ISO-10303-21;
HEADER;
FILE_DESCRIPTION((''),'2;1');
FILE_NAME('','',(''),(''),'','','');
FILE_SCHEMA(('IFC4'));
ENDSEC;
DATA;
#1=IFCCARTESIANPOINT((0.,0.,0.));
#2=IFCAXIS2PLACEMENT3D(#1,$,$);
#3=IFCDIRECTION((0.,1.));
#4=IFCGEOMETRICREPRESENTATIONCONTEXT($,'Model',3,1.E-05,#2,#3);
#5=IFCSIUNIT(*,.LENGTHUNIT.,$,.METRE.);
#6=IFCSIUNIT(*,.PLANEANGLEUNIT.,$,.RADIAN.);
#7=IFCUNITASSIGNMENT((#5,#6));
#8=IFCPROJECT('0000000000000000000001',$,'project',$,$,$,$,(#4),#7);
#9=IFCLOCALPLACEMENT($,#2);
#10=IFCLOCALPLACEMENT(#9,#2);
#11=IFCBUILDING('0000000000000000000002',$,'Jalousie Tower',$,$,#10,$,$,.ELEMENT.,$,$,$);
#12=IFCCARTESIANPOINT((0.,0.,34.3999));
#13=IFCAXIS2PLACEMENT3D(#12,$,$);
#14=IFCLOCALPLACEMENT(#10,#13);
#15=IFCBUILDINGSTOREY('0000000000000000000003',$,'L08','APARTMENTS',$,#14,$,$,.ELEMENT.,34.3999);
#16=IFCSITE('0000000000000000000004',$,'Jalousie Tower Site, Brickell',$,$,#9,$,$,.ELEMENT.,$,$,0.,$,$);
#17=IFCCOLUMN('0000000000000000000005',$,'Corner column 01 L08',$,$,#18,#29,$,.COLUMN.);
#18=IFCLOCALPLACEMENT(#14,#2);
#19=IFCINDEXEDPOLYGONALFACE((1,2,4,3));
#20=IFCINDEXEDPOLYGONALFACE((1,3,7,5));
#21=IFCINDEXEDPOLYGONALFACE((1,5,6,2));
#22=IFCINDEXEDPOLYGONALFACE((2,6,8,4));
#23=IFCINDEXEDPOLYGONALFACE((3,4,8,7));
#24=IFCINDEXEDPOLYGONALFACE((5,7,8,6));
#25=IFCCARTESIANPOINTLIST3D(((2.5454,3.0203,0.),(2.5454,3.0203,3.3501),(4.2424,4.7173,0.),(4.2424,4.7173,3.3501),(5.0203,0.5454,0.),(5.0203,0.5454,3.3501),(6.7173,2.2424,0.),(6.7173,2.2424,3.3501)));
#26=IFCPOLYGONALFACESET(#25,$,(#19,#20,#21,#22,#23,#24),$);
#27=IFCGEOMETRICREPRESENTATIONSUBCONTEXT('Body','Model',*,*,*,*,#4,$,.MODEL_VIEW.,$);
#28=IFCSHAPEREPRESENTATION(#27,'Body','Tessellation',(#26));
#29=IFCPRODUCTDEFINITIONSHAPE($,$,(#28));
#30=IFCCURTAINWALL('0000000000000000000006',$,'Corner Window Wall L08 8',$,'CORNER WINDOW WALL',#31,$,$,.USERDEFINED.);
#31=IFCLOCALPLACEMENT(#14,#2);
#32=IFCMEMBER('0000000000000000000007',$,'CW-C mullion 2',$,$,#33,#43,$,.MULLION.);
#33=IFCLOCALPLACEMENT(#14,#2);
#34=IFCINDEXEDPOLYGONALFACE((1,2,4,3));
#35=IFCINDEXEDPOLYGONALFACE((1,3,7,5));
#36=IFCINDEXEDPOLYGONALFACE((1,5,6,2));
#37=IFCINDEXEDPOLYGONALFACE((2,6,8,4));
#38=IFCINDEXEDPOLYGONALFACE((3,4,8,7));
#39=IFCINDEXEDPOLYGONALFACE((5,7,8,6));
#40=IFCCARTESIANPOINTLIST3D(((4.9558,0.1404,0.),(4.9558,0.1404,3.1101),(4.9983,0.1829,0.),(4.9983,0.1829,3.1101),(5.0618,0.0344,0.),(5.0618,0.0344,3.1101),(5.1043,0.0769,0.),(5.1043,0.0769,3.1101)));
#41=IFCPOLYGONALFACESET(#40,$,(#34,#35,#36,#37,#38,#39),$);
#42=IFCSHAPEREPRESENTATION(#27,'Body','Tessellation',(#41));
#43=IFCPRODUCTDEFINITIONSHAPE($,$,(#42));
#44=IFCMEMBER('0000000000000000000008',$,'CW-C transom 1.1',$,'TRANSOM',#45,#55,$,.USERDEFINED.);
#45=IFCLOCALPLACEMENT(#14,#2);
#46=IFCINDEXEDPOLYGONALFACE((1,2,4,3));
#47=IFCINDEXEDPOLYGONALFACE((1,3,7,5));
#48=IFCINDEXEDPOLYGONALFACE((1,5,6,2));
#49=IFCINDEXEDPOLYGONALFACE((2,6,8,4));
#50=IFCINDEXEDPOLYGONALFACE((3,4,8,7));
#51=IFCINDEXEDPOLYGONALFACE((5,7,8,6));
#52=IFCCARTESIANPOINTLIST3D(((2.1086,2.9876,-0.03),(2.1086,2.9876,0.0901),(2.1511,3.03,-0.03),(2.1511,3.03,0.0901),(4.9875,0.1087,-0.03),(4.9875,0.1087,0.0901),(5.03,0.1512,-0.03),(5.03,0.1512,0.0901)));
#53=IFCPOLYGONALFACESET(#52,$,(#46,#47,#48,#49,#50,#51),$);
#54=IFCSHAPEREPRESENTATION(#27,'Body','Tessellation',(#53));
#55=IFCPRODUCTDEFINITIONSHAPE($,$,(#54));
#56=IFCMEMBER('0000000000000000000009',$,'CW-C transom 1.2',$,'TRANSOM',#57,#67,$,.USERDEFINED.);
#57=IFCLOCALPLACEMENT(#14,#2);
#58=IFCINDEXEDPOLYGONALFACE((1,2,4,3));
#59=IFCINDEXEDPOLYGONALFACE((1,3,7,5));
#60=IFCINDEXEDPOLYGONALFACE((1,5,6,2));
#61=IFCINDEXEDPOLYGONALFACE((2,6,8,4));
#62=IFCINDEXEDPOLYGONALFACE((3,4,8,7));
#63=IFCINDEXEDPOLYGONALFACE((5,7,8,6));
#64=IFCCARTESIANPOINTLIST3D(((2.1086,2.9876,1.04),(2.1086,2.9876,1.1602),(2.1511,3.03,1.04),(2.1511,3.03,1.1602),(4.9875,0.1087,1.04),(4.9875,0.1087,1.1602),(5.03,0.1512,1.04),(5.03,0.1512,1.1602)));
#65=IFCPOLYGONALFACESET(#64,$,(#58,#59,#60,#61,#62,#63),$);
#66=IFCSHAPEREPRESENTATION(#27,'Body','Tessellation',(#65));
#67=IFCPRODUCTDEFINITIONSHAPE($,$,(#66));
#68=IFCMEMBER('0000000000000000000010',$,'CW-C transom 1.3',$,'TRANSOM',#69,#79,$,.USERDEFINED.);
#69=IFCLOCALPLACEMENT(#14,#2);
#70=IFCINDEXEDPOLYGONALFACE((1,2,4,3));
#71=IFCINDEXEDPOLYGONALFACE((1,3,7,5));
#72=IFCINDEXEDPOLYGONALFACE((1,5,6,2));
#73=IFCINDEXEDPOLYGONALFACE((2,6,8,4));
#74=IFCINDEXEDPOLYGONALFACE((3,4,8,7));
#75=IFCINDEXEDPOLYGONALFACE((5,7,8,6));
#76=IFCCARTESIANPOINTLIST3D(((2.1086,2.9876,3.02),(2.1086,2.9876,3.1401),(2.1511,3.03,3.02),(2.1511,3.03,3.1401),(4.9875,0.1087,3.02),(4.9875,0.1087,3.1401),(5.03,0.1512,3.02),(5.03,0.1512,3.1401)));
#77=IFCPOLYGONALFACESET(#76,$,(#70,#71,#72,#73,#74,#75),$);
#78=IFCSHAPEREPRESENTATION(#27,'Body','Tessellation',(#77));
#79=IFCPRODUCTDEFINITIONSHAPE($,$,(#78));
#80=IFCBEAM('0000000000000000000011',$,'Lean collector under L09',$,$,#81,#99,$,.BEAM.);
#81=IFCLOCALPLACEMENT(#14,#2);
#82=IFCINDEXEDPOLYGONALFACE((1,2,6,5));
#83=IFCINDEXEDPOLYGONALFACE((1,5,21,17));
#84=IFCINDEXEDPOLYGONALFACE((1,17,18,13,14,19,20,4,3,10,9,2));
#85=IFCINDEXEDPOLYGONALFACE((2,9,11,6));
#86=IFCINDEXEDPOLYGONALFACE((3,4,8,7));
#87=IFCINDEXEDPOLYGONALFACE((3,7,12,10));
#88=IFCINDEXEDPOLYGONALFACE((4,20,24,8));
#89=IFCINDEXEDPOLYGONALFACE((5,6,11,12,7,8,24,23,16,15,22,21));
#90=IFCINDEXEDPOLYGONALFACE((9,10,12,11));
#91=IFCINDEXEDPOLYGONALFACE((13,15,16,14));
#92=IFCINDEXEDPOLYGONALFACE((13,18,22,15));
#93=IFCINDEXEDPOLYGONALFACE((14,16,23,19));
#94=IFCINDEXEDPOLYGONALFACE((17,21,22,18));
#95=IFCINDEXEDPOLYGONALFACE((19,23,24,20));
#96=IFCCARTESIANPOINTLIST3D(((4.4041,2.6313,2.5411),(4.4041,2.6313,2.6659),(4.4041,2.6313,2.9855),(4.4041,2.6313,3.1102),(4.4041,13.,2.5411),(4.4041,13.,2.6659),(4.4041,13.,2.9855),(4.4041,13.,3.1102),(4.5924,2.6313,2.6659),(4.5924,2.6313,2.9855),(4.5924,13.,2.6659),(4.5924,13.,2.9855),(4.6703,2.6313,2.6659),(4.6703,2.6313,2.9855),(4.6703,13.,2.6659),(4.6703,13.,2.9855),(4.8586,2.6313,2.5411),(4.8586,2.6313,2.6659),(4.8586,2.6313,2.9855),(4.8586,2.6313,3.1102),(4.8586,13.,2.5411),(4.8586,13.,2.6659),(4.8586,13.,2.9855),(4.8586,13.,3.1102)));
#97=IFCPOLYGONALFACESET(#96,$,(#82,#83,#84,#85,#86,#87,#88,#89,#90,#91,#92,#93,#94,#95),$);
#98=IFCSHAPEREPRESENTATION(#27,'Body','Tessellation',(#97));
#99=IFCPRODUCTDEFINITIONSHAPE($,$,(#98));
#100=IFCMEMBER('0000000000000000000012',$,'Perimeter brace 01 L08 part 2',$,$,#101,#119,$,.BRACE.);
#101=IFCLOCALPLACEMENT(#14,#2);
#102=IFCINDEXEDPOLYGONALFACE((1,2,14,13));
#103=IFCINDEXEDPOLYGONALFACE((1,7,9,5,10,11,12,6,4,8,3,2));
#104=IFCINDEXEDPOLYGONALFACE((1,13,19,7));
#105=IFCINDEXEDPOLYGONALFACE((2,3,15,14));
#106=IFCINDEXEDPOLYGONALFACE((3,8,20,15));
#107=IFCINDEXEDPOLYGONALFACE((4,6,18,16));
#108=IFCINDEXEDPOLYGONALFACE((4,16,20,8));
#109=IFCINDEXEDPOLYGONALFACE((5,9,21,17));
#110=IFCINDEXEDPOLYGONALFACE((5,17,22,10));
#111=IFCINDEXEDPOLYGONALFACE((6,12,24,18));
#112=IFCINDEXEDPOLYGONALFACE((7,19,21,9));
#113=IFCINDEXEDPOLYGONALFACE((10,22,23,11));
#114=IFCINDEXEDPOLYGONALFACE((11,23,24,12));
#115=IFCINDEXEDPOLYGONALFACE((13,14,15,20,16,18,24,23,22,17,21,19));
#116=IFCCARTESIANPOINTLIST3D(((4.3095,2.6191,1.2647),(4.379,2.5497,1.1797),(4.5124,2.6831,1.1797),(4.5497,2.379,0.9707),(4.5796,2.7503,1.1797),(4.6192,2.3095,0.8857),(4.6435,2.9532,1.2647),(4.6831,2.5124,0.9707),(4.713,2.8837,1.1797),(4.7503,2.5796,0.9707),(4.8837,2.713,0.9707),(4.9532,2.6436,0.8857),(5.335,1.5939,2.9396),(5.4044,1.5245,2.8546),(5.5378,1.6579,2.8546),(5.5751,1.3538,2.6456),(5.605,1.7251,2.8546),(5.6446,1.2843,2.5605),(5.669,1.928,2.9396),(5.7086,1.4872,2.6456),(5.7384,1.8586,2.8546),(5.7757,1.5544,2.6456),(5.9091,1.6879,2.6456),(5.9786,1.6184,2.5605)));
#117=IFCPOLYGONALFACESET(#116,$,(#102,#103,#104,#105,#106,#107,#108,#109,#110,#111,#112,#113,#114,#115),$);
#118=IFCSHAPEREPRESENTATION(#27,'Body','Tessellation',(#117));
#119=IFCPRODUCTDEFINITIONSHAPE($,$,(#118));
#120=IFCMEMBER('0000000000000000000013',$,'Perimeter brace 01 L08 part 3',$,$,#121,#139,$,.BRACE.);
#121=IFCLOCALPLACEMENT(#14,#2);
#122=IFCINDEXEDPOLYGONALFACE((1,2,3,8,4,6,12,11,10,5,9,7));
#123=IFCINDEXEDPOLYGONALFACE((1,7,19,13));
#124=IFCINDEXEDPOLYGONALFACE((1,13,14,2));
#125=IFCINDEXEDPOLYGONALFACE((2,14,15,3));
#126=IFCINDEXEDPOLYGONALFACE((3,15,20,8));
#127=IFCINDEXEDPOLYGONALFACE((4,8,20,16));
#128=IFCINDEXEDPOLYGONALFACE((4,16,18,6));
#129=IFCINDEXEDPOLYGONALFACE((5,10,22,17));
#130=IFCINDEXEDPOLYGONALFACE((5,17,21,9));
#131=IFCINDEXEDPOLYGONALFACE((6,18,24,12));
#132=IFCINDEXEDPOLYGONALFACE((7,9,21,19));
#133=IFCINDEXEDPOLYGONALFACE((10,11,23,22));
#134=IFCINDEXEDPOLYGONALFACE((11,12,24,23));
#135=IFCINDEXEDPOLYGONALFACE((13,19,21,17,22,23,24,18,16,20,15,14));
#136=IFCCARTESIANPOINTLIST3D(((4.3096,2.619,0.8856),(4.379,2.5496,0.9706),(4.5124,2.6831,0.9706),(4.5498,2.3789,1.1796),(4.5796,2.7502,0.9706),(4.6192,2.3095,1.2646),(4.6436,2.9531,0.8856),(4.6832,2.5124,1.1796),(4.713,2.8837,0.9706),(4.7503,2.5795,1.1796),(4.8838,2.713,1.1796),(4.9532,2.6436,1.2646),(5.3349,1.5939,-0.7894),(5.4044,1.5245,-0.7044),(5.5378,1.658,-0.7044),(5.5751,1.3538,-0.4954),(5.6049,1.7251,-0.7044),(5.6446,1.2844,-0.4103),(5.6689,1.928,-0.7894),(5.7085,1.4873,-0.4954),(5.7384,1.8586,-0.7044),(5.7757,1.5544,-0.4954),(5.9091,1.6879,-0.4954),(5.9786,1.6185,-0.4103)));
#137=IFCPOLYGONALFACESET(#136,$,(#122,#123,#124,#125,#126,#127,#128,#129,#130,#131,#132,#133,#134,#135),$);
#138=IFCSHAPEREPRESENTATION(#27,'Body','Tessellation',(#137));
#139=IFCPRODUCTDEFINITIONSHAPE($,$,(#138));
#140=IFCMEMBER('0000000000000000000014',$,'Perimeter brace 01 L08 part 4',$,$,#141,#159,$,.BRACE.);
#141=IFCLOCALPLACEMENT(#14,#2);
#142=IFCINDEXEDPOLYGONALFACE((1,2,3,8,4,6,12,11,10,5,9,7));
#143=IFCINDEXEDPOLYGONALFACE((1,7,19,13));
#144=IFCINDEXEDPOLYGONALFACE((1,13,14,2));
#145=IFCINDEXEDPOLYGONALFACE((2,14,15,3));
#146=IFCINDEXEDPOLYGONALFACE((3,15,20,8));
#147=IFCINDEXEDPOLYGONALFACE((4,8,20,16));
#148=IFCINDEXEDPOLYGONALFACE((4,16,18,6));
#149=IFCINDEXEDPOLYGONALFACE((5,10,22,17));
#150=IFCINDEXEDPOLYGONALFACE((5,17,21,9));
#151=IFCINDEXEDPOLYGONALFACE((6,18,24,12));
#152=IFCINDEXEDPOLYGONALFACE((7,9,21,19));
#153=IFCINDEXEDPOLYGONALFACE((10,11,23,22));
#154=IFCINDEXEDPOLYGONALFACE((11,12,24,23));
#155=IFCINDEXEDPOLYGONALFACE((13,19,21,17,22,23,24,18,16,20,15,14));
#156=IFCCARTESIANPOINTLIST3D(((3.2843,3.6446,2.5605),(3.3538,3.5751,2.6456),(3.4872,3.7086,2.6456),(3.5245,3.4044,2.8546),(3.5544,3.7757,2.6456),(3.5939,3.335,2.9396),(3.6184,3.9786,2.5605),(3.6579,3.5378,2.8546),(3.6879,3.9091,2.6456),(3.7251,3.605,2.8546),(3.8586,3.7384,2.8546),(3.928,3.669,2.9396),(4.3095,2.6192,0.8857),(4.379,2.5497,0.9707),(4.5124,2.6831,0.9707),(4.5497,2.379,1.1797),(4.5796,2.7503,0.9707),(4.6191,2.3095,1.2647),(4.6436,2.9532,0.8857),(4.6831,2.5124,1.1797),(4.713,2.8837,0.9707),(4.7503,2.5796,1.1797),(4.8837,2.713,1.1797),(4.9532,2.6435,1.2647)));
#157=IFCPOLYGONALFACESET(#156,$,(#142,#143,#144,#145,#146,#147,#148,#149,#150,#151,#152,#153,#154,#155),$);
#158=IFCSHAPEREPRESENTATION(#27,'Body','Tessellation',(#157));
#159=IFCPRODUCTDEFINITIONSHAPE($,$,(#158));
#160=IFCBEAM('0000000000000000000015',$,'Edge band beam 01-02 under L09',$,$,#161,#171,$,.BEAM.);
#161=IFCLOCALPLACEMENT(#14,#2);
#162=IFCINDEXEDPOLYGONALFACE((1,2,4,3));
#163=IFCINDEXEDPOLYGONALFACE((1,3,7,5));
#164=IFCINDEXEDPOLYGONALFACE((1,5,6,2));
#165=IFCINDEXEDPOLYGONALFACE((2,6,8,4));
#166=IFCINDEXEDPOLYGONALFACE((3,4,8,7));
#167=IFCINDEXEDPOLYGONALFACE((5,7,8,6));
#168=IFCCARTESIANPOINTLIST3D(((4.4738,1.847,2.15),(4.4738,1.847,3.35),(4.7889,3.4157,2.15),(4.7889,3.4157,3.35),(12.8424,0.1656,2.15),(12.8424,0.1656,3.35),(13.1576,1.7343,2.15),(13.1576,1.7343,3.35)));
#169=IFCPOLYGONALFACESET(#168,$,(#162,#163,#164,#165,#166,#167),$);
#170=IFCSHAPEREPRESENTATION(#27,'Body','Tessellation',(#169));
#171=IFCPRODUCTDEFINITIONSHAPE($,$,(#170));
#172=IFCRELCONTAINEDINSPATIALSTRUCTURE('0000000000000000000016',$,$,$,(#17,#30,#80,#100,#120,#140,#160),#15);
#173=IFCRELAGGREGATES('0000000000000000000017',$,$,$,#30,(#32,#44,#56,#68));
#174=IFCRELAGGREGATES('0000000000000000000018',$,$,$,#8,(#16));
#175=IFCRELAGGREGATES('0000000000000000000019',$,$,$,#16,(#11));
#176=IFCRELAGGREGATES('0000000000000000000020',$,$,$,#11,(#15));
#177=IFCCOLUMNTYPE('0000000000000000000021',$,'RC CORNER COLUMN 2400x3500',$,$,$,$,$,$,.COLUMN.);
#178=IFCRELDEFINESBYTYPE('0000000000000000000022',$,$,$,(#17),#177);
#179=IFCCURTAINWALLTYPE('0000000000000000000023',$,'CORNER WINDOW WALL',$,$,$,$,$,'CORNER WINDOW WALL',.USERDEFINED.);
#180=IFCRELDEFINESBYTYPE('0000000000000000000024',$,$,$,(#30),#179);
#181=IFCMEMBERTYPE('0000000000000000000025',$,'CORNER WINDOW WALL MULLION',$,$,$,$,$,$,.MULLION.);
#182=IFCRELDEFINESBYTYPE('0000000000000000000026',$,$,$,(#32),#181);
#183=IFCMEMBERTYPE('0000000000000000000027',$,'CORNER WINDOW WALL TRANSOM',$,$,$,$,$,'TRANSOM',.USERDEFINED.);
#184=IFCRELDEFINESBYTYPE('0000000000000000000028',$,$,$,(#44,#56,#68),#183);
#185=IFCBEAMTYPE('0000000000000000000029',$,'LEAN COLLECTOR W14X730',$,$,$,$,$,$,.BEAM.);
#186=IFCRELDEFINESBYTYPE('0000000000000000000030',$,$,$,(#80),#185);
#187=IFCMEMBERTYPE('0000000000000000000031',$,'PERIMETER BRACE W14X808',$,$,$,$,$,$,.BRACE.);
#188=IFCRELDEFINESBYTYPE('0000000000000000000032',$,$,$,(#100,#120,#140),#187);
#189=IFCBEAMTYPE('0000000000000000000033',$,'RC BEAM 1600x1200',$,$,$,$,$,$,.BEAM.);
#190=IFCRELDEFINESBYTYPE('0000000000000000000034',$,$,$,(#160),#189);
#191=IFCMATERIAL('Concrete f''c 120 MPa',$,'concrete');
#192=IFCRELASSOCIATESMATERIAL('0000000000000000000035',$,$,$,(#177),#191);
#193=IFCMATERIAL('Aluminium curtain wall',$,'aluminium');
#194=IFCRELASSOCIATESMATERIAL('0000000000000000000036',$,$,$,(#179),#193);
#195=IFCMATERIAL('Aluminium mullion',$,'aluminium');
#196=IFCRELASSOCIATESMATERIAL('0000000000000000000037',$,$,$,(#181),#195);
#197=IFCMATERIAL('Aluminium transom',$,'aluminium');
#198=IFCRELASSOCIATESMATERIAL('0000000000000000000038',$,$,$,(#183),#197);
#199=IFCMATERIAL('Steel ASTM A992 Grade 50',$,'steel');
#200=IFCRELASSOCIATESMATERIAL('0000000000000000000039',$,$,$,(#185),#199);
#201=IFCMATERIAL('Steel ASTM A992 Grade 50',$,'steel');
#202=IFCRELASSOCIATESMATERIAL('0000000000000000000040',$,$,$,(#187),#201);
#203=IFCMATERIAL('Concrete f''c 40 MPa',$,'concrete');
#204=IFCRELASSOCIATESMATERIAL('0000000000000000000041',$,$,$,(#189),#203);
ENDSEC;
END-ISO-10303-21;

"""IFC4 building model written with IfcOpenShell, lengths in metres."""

from ifc_helpers import new_model, si_unit, direction, frame, origin, origin_2d, place, context, subcontext, project, spatial, rectangle, i_section, extrude, material, material_profile, profile_set, type_object, element, aggregate, save


model = new_model("IFC4")

# Units and contexts
model_context = context("Model", 3, precision=1e-05, world=origin(), true_north=direction((0.0, 1.0)))
body_context = subcontext(model_context, "Body", "Model", "MODEL_VIEW")
ifc_project = project(units=[si_unit("LENGTHUNIT", "METRE"), si_unit("PLANEANGLEUNIT", "RADIAN")], contexts=[model_context])

# Site, building, storey
site_placement = place(None, origin())
site = spatial("IfcSite", under=ifc_project, at=site_placement, Name="Jalousie Tower Site, Brickell", CompositionType="ELEMENT", RefElevation=0.0)
building_placement = place(site_placement, origin())
building = spatial("IfcBuilding", under=site, at=building_placement, Name="Jalousie Tower", CompositionType="ELEMENT")
storey_placement = place(building_placement, frame((0.0, 0.0, 34.3999)))
storey = spatial("IfcBuildingStorey", under=building, at=storey_placement, Name="L08", Description="APARTMENTS", CompositionType="ELEMENT", Elevation=34.3999)

# Column
ifc_material_1 = material(Name="Concrete f'c 120 MPa", Category="concrete")
ifc_material_profile_1 = material_profile(ifc_material_1, rectangle(XDim=2.3999, YDim=3.5, at=origin_2d()), Name="RC 2400x3500")
ifc_profile_set_1 = profile_set([ifc_material_profile_1], Name="Concrete f'c 120 MPa")
column_type = type_object("IfcColumnType", Name="RC CORNER COLUMN 2400x3500", PredefinedType="COLUMN", material=ifc_profile_set_1)
column_placement = place(storey_placement, frame((4.6313, 2.6313, 0.0), z_axis=(0.0, 0.0, 1.0), x_axis=(0.707107, 0.707107, 0.0)))
element("IfcColumn", 1, at=column_placement, inside=storey, type_object=column_type, Name="Corner column 01 L08", PredefinedType="COLUMN", context=body_context, shape_type="SweptSolid", body=[
    extrude(rectangle(XDim=2.3999, YDim=3.5, at=origin_2d()), origin(), (0.0, 0.0, 1.0), 3.3501),
])

# Curtain wall, members
ifc_material_2 = material(Name="Aluminium curtain wall", Category="aluminium")
curtain_wall_type_1 = type_object("IfcCurtainWallType", Name="CORNER WINDOW WALL", ElementType="CORNER WINDOW WALL", PredefinedType="USERDEFINED", material=ifc_material_2)
curtain_wall_1_placement = place(storey_placement, origin())
curtain_wall_1 = element("IfcCurtainWall", 2, at=curtain_wall_1_placement, inside=storey, type_object=curtain_wall_type_1, Name="Corner Window Wall L08 8", ObjectType="CORNER WINDOW WALL", PredefinedType="USERDEFINED")
ifc_material_3 = material(Name="Aluminium mullion", Category="aluminium")
ifc_material_profile_2 = material_profile(ifc_material_3, rectangle(XDim=0.0601, YDim=0.1499, at=origin_2d()), Name="MULLION 60x150")
ifc_profile_set_2 = profile_set([ifc_material_profile_2], Name="Aluminium mullion")
member_type_1 = type_object("IfcMemberType", Name="CORNER WINDOW WALL MULLION", PredefinedType="MULLION", material=ifc_profile_set_2)
member_1_placement = place(storey_placement, frame((5.03, 0.1086, 0.0), z_axis=(0.0, 0.0, 1.0), x_axis=(0.707107, 0.707107, 0.0)))
member_1 = element("IfcMember", 3, at=member_1_placement, type_object=member_type_1, Name="CW-C mullion 2", PredefinedType="MULLION", context=body_context, shape_type="SweptSolid", body=[
    extrude(rectangle(XDim=0.0601, YDim=0.1499, at=origin_2d()), origin(), (0.0, 0.0, 1.0), 3.1101),
])
ifc_material_4 = material(Name="Aluminium transom", Category="aluminium")
ifc_material_profile_3 = material_profile(ifc_material_4, rectangle(XDim=0.0601, YDim=0.1201, at=origin_2d()), Name="TRANSOM 60x120")
ifc_profile_set_3 = profile_set([ifc_material_profile_3], Name="Aluminium transom")
member_type_2 = type_object("IfcMemberType", Name="CORNER WINDOW WALL TRANSOM", ElementType="TRANSOM", PredefinedType="USERDEFINED", material=ifc_profile_set_3)
member_2_placement = place(storey_placement, frame((2.1299, 3.0088, 0.03), z_axis=(0.707107, -0.707107, 0.0), x_axis=(0.707107, 0.707107, 0.0)))
member_2 = element("IfcMember", 4, at=member_2_placement, type_object=member_type_2, Name="CW-C transom 1.1", ObjectType="TRANSOM", PredefinedType="USERDEFINED", context=body_context, shape_type="SweptSolid", body=[
    extrude(rectangle(XDim=0.0601, YDim=0.1201, at=origin_2d()), origin(), (0.0, 0.0, 1.0), 4.0713),
])
member_3_placement = place(storey_placement, frame((2.1299, 3.0088, 1.1001), z_axis=(0.707107, -0.707107, 0.0), x_axis=(0.707107, 0.707107, 0.0)))
member_3 = element("IfcMember", 5, at=member_3_placement, type_object=member_type_2, Name="CW-C transom 1.2", ObjectType="TRANSOM", PredefinedType="USERDEFINED", context=body_context, shape_type="SweptSolid", body=[
    extrude(rectangle(XDim=0.0601, YDim=0.1201, at=origin_2d()), origin(), (0.0, 0.0, 1.0), 4.0713),
])
member_4_placement = place(storey_placement, frame((2.1299, 3.0088, 3.0801), z_axis=(0.707107, -0.707107, 0.0), x_axis=(0.707107, 0.707107, 0.0)))
member_4 = element("IfcMember", 6, at=member_4_placement, type_object=member_type_2, Name="CW-C transom 1.3", ObjectType="TRANSOM", PredefinedType="USERDEFINED", context=body_context, shape_type="SweptSolid", body=[
    extrude(rectangle(XDim=0.0601, YDim=0.1201, at=origin_2d()), origin(), (0.0, 0.0, 1.0), 4.0713),
])

# Beam
ifc_material_5 = material(Name="Steel ASTM A992 Grade 50", Category="steel")
ifc_material_profile_4 = material_profile(ifc_material_5, i_section(OverallWidth=0.4546, OverallDepth=0.5691, WebThickness=0.0779, FlangeThickness=0.1248, at=origin_2d()), Name="W14X730")
ifc_profile_set_4 = profile_set([ifc_material_profile_4], Name="Steel ASTM A992 Grade 50")
beam_type_1 = type_object("IfcBeamType", Name="LEAN COLLECTOR W14X730", PredefinedType="BEAM", material=ifc_profile_set_4)
beam_1_placement = place(storey_placement, frame((4.6313, 2.6313, 2.8257), z_axis=(0.0, 1.0, 0.0), x_axis=(-1.0, 0.0, 0.0)))
element("IfcBeam", 7, at=beam_1_placement, inside=storey, type_object=beam_type_1, Name="Lean collector under L09", PredefinedType="BEAM", context=body_context, shape_type="SweptSolid", body=[
    extrude(i_section(OverallWidth=0.4546, OverallDepth=0.5691, WebThickness=0.0779, FlangeThickness=0.1248, at=origin_2d()), origin(), (0.0, 0.0, 1.0), 10.3687),
])

# Members
ifc_material_6 = material(Name="Steel ASTM A992 Grade 50", Category="steel")
ifc_material_profile_5 = material_profile(ifc_material_6, i_section(OverallWidth=0.4724, OverallDepth=0.5791, WebThickness=0.095, FlangeThickness=0.1299, at=origin_2d()), Name="W14X808")
ifc_profile_set_5 = profile_set([ifc_material_profile_5], Name="Steel ASTM A992 Grade 50")
member_type_3 = type_object("IfcMemberType", Name="PERIMETER BRACE W14X808", PredefinedType="BRACE", material=ifc_profile_set_5)
for number, where, z_axis, x_axis, name in (
    (8, (4.6313, 2.6313, 1.0752), (0.462879, -0.462768, 0.756035), (0.707023, 0.707191, 0.0), "Perimeter brace 01 L08 part 2"),
    (9, (5.6567, 1.6062, -0.5999), (-0.46284, 0.46273, 0.756082), (-0.707023, -0.707191, 0.0), "Perimeter brace 01 L08 part 3"),
    (10, (4.6313, 2.6313, 1.0752), (-0.462768, 0.462879, 0.756035), (-0.707191, -0.707023, 0.0), "Perimeter brace 01 L08 part 4"),
):
    element("IfcMember", number, at=place(storey_placement, frame(where, z_axis=z_axis, x_axis=x_axis)), inside=storey, type_object=member_type_3, Name=name, PredefinedType="BRACE", context=body_context, shape_type="SweptSolid", body=[
        extrude(i_section(OverallWidth=0.4724, OverallDepth=0.5791, WebThickness=0.095, FlangeThickness=0.1299, at=origin_2d()), origin(), (0.0, 0.0, 1.0), 2.2153),
    ])

# Beam
ifc_material_7 = material(Name="Concrete f'c 40 MPa", Category="concrete")
ifc_material_profile_6 = material_profile(ifc_material_7, rectangle(XDim=1.6001, YDim=1.2, at=origin_2d()), Name="RC 1600x1200")
ifc_profile_set_6 = profile_set([ifc_material_profile_6], Name="Concrete f'c 40 MPa")
beam_type_2 = type_object("IfcBeamType", Name="RC BEAM 1600x1200", PredefinedType="BEAM", material=ifc_profile_set_6)
beam_2_placement = place(storey_placement, frame((4.6313, 2.6313, 2.75), z_axis=(0.980408, -0.19698, 0.0), x_axis=(0.19698, 0.980408, 0.0)))
element("IfcBeam", 11, at=beam_2_placement, inside=storey, type_object=beam_type_2, Name="Edge band beam 01-02 under L09", PredefinedType="BEAM", context=body_context, shape_type="SweptSolid", body=[
    extrude(rectangle(XDim=1.6001, YDim=1.2, at=origin_2d()), origin(), (0.0, 0.0, 1.0), 8.5359),
])

aggregate(curtain_wall_1, [member_1, member_2, member_3, member_4])

save(model, "model.ifc")
